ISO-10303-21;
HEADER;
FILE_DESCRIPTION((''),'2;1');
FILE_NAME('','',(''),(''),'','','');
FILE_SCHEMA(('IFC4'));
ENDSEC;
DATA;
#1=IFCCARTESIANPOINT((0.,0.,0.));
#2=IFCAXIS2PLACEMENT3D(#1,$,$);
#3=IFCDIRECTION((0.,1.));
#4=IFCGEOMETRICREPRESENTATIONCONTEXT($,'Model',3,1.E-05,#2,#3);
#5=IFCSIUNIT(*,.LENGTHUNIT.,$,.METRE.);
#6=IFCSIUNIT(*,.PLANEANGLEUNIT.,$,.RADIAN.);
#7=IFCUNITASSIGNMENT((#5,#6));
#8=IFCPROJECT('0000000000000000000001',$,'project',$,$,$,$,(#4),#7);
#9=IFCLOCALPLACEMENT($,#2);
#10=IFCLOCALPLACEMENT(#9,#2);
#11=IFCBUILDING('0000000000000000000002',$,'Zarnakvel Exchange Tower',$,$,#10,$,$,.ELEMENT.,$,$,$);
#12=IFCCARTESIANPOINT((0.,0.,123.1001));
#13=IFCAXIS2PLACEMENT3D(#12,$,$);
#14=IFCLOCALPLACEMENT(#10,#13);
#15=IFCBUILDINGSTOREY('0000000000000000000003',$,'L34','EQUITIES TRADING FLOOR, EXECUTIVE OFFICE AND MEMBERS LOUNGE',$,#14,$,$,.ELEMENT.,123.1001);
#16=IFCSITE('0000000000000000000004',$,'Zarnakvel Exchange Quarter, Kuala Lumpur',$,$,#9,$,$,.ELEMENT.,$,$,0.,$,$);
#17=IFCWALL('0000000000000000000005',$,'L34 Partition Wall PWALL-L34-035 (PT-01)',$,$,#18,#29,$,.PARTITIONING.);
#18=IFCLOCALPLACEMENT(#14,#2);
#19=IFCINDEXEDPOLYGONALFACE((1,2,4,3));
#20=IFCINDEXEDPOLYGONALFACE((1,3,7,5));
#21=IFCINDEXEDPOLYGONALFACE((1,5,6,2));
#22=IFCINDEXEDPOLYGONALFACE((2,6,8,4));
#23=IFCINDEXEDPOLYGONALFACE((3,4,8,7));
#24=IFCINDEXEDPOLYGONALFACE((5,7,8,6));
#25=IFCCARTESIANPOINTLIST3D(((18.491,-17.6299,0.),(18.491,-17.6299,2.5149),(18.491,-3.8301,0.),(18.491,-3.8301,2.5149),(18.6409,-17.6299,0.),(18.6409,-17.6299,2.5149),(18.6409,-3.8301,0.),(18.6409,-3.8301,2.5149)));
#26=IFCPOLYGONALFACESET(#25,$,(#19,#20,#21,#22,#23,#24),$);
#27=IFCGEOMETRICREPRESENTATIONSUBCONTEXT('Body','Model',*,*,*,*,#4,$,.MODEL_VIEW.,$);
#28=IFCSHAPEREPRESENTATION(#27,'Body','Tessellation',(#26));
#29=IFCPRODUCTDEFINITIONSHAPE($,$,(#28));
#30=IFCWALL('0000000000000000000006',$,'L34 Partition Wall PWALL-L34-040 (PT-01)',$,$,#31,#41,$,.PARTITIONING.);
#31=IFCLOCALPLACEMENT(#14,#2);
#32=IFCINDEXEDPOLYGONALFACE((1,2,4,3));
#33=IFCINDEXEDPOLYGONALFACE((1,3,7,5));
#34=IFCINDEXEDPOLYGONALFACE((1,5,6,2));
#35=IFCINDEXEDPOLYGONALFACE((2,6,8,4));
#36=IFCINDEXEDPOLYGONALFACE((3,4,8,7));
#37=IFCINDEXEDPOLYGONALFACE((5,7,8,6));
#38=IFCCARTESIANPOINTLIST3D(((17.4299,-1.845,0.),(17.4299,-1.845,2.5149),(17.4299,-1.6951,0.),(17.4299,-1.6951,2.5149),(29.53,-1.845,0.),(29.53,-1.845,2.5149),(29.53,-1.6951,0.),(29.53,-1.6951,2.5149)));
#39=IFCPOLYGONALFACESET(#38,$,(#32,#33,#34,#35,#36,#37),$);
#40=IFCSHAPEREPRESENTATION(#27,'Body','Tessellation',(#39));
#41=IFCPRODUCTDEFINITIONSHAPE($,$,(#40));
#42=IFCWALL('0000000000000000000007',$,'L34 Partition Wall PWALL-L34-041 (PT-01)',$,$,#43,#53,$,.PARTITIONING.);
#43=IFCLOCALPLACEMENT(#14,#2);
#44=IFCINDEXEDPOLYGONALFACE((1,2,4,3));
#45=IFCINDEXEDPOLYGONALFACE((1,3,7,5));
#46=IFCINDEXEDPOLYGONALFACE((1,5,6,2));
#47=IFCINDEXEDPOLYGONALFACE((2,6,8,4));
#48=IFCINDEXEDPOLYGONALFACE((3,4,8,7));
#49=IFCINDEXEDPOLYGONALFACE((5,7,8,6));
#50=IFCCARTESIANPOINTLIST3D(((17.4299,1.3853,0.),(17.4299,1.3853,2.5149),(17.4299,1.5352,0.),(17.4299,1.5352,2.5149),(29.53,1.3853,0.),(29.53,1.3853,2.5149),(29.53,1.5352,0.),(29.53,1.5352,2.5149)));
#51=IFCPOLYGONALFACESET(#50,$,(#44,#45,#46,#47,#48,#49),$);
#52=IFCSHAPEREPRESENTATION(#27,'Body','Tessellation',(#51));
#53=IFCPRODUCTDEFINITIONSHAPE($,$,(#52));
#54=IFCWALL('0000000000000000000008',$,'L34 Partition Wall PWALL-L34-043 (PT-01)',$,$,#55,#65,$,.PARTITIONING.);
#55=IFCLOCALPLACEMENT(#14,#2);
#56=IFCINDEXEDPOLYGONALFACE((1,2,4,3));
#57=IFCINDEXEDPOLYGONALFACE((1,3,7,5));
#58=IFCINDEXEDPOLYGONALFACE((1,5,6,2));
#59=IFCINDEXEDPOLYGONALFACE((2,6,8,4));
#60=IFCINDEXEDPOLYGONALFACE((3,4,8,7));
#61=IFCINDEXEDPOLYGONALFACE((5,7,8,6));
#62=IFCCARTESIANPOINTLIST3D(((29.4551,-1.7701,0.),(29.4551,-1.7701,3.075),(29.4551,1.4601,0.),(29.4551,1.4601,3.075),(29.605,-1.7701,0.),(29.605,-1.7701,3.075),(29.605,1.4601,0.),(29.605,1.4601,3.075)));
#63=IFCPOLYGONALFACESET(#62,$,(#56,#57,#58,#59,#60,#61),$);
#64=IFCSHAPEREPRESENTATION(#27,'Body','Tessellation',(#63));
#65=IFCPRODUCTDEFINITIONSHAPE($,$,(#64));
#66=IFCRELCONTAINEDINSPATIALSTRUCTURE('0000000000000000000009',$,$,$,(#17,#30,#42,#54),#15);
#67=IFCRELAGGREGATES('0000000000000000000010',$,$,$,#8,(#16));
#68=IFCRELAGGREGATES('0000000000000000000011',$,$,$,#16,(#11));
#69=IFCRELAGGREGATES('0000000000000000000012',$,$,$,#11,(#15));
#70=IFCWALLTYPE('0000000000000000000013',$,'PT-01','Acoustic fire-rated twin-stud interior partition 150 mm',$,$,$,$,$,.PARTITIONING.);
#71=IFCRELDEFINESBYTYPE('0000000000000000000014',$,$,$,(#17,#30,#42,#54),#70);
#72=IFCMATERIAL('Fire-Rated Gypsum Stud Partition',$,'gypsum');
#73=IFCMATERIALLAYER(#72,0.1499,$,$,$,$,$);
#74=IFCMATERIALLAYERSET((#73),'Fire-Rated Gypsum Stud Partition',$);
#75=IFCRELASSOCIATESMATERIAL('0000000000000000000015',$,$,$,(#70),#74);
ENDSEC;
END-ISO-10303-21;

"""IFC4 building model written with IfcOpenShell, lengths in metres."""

from ifc_helpers import new_model, si_unit, direction, frame, frame_2d, origin, place, context, subcontext, project, spatial, rectangle, extrude, material, layer, layer_set, type_object, element, save


model = new_model("IFC4")

# Units and contexts
model_context = context("Model", 3, precision=1e-05, world=origin(), true_north=direction((0.0, 1.0)))
body_context = subcontext(model_context, "Body", "Model", "MODEL_VIEW")
ifc_project = project(units=[si_unit("LENGTHUNIT", "METRE"), si_unit("PLANEANGLEUNIT", "RADIAN")], contexts=[model_context])

# Site, building, storey
site_placement = place(None, origin())
site = spatial("IfcSite", under=ifc_project, at=site_placement, Name="Zarnakvel Exchange Quarter, Kuala Lumpur", CompositionType="ELEMENT", RefElevation=0.0)
building_placement = place(site_placement, origin())
building = spatial("IfcBuilding", under=site, at=building_placement, Name="Zarnakvel Exchange Tower", CompositionType="ELEMENT")
storey_placement = place(building_placement, frame((0.0, 0.0, 123.1001)))
storey = spatial("IfcBuildingStorey", under=building, at=storey_placement, Name="L34", Description="EQUITIES TRADING FLOOR, EXECUTIVE OFFICE AND MEMBERS LOUNGE", CompositionType="ELEMENT", Elevation=123.1001)

# Walls
ifc_material_1 = material(Name="Fire-Rated Gypsum Stud Partition", Category="gypsum")
ifc_layer_1 = layer(ifc_material_1, 0.1499)
ifc_layer_set_1 = layer_set([ifc_layer_1], Name="Fire-Rated Gypsum Stud Partition")
wall_type_1 = type_object("IfcWallType", Name="PT-01", Description="Acoustic fire-rated twin-stud interior partition 150 mm", PredefinedType="PARTITIONING", material=ifc_layer_set_1)
wall_1_placement = place(storey_placement, frame((18.5659, -3.8301, 0.0), z_axis=(0.0, 0.0, 1.0), x_axis=(0.0, -1.0, 0.0)))
element("IfcWall", 1, at=wall_1_placement, inside=storey, type_object=wall_type_1, Name="L34 Partition Wall PWALL-L34-035 (PT-01)", PredefinedType="PARTITIONING", context=body_context, shape_type="SweptSolid", body=[
    extrude(rectangle(XDim=13.7998, YDim=0.1499, at=frame_2d((6.8999, 0.0))), origin(), (0.0, 0.0, 1.0), 2.5149),
])
for number, where, z_axis, x_axis, name in (
    (2, (29.53, -1.77, 0.0), (0.0, 0.0, 1.0), (-1.0, 0.0, 0.0), "L34 Partition Wall PWALL-L34-040 (PT-01)"),
    (3, (17.4299, 1.4602, 0.0), (0.0, 0.0, 1.0), (1.0, 0.0, 0.0), "L34 Partition Wall PWALL-L34-041 (PT-01)"),
):
    element("IfcWall", number, at=place(storey_placement, frame(where, z_axis=z_axis, x_axis=x_axis)), inside=storey, type_object=wall_type_1, Name=name, PredefinedType="PARTITIONING", context=body_context, shape_type="SweptSolid", body=[
        extrude(rectangle(XDim=12.1001, YDim=0.1499, at=frame_2d((6.05, 0.0))), origin(), (0.0, 0.0, 1.0), 2.5149),
    ])

# Wall
wall_2_placement = place(storey_placement, frame((29.53, 1.4602, 0.0), z_axis=(0.0, 0.0, 1.0), x_axis=(0.0, -1.0, 0.0)))
element("IfcWall", 4, at=wall_2_placement, inside=storey, type_object=wall_type_1, Name="L34 Partition Wall PWALL-L34-043 (PT-01)", PredefinedType="PARTITIONING", context=body_context, shape_type="SweptSolid", body=[
    extrude(rectangle(XDim=3.2302, YDim=0.1499, at=frame_2d((1.6152, 0.0))), origin(), (0.0, 0.0, 1.0), 3.075),
])

save(model, "model.ifc")
